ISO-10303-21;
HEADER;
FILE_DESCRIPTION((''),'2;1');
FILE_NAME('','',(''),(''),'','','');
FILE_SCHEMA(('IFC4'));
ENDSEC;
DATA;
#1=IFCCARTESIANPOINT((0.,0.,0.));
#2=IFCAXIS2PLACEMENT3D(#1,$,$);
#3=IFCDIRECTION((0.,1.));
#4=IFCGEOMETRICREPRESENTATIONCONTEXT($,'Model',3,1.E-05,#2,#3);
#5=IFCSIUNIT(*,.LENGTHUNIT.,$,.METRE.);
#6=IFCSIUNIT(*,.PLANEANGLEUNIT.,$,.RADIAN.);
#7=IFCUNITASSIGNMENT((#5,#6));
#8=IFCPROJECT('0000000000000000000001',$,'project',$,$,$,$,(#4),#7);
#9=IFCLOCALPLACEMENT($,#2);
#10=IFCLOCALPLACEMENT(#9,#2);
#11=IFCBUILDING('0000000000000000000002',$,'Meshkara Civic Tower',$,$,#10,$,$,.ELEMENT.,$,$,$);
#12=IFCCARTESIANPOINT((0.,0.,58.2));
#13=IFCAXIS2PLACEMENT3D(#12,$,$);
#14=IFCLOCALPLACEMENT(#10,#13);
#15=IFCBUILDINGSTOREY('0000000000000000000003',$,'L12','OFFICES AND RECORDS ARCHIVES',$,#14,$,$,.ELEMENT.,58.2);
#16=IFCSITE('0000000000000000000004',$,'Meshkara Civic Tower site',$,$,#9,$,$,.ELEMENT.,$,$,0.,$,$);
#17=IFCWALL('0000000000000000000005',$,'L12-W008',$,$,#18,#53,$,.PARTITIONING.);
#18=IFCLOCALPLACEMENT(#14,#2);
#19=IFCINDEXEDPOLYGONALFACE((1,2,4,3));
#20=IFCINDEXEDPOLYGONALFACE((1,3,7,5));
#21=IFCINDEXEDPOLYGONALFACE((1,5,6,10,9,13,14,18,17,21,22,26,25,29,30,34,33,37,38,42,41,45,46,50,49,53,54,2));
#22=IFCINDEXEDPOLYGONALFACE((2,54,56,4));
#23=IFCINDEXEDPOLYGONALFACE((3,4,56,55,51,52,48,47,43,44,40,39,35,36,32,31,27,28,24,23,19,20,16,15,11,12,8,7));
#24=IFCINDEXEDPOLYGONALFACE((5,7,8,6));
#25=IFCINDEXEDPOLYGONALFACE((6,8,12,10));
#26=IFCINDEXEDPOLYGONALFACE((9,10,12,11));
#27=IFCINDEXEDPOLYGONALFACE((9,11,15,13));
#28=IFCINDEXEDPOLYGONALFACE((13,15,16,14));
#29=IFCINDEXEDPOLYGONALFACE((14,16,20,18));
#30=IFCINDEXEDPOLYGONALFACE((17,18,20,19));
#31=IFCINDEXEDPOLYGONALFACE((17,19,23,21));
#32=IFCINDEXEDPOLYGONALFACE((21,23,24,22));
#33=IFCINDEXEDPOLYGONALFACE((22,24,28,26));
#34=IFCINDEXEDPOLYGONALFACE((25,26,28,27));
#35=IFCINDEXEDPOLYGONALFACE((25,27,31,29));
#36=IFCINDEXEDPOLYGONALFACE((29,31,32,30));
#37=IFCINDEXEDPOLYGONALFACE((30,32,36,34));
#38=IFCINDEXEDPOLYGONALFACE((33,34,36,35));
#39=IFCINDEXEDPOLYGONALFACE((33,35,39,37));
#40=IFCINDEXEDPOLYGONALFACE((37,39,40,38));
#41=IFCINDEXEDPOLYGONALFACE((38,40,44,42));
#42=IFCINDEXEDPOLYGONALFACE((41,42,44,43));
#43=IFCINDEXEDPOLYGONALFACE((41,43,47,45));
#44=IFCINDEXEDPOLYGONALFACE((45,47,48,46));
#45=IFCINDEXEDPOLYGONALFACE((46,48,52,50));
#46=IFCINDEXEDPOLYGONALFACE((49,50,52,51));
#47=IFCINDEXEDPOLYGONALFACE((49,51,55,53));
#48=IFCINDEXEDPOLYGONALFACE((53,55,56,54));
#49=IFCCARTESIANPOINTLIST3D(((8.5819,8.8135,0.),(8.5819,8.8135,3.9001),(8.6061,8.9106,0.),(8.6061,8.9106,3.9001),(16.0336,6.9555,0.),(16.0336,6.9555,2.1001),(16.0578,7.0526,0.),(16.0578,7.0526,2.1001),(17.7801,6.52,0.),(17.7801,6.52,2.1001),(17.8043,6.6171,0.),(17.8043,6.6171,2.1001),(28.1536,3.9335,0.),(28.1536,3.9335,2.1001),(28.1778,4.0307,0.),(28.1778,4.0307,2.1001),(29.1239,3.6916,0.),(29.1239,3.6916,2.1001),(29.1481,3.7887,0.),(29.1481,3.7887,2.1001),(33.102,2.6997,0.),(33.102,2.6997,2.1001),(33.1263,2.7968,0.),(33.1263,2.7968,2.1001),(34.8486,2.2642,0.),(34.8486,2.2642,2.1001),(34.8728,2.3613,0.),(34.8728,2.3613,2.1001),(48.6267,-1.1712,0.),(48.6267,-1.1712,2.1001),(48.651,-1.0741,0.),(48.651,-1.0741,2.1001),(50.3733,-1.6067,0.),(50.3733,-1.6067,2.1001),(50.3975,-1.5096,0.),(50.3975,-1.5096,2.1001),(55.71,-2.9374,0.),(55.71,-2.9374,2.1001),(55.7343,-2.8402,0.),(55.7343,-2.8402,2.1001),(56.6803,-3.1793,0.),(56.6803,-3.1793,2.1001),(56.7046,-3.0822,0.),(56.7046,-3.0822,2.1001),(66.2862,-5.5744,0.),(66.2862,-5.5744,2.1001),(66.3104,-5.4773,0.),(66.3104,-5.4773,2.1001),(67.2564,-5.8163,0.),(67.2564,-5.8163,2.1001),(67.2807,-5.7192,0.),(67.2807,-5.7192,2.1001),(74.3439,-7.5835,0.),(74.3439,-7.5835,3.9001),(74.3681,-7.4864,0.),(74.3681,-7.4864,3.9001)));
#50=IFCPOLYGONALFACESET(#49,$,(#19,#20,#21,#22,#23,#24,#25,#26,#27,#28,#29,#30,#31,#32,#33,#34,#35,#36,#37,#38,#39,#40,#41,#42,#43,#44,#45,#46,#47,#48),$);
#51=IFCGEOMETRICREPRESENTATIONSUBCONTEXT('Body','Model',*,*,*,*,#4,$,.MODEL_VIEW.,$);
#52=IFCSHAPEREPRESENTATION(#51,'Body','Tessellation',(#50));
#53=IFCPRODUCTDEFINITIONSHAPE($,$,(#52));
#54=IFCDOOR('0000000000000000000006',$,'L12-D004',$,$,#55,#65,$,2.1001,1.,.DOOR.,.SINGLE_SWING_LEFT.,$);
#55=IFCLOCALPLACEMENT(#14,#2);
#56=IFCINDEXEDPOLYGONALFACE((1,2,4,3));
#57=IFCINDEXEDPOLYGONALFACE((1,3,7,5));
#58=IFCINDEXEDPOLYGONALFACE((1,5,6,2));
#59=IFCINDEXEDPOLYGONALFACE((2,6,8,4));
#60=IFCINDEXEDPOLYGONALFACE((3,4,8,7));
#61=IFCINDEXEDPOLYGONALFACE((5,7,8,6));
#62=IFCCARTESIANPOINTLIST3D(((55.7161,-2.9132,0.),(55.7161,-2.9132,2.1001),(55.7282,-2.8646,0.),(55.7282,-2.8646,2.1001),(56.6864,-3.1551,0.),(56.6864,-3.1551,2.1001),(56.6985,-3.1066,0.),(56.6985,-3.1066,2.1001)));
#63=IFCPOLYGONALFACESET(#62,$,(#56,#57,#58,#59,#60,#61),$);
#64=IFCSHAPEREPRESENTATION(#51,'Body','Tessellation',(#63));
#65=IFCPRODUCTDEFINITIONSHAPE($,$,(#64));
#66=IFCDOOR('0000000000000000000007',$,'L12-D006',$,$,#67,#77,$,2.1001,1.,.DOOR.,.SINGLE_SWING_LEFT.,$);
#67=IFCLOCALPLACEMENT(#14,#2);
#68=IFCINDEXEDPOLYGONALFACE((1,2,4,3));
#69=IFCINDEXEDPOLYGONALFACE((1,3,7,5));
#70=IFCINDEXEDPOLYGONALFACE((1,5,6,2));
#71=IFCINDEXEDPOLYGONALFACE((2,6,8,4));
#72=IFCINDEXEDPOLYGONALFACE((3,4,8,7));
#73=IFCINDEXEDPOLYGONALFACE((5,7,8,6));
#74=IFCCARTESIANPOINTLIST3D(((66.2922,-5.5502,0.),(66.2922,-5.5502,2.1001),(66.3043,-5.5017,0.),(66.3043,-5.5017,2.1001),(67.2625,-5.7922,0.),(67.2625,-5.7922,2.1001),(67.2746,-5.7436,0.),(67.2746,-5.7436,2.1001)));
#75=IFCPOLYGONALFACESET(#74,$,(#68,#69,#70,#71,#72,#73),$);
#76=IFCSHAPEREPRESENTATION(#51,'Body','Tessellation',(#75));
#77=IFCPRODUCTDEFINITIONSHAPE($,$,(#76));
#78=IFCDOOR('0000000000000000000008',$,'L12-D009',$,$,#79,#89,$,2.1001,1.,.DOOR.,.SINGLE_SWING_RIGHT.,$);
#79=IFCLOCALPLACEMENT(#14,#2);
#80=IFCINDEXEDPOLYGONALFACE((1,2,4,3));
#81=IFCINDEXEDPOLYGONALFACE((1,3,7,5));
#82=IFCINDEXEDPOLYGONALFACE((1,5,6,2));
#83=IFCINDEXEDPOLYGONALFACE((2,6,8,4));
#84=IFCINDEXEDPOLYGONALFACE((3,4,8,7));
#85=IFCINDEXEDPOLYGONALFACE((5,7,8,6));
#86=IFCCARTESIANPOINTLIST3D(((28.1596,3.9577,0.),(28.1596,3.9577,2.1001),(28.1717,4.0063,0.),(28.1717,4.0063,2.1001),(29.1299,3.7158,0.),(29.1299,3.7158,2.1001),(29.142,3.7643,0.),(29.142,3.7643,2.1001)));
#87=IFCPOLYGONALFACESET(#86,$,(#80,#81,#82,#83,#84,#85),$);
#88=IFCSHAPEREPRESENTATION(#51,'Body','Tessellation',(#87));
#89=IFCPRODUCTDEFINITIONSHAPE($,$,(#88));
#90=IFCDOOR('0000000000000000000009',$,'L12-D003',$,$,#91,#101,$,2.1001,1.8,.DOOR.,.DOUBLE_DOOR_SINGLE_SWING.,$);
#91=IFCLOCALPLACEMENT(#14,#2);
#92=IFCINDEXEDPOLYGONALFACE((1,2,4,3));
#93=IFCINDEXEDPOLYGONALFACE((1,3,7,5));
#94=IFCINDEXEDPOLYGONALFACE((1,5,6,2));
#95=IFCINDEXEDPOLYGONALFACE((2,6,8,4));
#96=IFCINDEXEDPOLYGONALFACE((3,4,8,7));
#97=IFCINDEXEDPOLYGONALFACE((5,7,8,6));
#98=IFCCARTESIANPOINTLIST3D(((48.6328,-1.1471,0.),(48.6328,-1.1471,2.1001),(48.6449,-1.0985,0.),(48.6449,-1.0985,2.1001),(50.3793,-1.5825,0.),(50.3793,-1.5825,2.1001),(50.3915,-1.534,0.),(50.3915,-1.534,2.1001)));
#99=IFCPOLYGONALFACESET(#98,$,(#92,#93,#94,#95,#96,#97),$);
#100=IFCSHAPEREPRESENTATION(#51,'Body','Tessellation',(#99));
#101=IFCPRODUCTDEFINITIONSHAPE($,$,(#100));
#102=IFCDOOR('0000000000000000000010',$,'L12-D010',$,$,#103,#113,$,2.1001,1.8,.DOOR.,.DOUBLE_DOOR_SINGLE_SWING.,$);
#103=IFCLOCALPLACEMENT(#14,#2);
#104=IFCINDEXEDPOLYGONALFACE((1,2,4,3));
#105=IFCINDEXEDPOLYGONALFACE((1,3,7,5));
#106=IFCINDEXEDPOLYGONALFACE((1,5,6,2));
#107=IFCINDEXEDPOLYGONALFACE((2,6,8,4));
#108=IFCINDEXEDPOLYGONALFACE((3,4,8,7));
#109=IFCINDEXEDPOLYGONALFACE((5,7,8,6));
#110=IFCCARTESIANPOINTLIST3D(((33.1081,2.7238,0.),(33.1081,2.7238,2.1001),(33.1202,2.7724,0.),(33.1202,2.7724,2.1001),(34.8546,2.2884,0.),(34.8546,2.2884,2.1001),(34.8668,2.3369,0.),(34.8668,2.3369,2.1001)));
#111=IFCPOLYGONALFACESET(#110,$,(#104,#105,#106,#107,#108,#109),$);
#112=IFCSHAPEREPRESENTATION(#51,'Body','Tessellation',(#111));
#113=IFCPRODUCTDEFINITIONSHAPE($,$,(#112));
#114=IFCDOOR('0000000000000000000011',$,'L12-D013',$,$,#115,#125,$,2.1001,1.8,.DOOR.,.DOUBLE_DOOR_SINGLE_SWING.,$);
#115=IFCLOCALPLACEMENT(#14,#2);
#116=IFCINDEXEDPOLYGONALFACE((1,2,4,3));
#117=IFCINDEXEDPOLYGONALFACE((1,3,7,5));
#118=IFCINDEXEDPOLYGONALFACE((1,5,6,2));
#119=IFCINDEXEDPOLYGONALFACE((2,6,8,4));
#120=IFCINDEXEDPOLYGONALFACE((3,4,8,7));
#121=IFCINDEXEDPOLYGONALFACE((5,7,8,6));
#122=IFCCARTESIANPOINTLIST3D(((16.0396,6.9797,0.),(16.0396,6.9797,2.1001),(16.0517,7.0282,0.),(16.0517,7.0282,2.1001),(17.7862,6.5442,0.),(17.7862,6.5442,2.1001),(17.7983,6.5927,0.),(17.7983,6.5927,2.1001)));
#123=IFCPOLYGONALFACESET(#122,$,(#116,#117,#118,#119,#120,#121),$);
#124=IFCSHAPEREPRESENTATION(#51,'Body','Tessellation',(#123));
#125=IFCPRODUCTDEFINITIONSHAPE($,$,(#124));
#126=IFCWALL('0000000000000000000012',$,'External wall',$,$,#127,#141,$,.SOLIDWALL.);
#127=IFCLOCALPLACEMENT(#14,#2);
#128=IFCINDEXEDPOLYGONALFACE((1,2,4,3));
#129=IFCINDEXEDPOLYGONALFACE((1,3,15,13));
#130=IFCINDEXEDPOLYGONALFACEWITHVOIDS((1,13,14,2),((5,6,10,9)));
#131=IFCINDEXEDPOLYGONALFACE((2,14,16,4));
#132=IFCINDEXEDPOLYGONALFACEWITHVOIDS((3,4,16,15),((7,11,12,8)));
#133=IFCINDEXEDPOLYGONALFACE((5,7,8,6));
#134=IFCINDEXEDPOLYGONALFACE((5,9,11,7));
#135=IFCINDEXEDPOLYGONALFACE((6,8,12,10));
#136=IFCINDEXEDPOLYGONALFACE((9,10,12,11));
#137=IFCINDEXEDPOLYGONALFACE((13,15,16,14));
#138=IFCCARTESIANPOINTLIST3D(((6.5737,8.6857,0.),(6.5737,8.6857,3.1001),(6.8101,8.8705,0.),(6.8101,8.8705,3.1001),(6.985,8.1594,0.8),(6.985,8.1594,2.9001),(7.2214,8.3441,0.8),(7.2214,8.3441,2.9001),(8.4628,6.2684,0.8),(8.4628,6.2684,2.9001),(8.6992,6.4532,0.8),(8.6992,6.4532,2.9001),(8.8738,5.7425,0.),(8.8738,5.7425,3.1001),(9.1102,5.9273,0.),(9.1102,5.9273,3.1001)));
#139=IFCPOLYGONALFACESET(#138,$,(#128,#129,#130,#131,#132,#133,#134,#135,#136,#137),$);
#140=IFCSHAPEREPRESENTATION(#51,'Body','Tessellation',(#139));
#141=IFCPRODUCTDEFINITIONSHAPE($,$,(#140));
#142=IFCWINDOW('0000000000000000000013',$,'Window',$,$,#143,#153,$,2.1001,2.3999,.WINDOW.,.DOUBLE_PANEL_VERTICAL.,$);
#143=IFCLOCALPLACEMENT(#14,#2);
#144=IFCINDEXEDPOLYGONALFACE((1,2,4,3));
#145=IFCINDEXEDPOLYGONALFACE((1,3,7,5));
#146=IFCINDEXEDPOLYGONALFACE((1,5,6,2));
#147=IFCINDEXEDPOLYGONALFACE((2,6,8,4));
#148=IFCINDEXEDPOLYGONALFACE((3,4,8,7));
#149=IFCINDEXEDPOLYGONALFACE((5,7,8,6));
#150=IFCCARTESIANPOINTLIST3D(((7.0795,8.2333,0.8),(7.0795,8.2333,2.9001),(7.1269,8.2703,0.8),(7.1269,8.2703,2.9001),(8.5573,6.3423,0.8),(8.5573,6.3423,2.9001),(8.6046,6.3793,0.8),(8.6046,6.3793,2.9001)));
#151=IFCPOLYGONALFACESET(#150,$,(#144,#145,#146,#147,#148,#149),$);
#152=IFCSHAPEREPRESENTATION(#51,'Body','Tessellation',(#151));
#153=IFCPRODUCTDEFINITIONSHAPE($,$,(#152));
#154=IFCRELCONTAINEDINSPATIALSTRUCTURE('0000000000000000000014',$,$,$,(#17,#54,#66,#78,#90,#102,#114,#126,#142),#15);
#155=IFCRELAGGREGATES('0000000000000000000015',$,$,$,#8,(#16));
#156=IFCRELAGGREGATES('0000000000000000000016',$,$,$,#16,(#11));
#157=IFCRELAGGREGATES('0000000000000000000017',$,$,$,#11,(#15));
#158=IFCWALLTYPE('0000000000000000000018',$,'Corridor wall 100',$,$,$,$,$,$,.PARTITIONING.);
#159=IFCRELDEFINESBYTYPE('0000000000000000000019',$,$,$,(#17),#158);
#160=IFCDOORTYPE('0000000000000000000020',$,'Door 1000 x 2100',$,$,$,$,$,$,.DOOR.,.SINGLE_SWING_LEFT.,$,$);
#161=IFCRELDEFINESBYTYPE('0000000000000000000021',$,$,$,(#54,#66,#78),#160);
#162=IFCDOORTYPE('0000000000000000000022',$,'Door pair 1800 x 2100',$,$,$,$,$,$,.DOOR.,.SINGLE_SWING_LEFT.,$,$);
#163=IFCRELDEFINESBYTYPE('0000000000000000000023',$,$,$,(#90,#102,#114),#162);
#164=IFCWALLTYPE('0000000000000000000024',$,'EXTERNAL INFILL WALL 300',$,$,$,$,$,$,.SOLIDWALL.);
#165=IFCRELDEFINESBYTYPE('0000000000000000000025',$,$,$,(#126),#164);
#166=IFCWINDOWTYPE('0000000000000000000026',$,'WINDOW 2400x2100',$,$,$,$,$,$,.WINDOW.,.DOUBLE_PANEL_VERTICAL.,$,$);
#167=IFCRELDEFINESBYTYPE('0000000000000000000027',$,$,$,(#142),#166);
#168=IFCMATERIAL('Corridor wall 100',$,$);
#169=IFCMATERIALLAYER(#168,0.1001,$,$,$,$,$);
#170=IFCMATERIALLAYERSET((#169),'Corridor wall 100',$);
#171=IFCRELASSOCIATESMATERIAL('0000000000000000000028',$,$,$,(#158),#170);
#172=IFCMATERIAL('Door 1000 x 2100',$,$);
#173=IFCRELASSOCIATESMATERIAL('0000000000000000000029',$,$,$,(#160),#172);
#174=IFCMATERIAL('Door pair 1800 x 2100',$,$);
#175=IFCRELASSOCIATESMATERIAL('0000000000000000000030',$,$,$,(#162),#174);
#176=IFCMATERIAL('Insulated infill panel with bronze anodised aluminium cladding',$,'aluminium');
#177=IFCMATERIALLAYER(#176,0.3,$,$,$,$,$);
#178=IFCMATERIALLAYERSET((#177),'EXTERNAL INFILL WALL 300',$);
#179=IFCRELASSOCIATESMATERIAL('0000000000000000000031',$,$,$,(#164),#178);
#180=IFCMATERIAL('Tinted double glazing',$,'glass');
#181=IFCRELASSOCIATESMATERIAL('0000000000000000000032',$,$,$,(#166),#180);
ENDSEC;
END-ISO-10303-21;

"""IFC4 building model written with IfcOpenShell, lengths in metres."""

from ifc_helpers import new_model, si_unit, direction, frame, frame_2d, origin, place, context, subcontext, project, spatial, rectangle, extrude, material, layer, layer_set, type_object, element, fill, save


model = new_model("IFC4")

# Units and contexts
model_context = context("Model", 3, precision=1e-05, world=origin(), true_north=direction((0.0, 1.0)))
body_context = subcontext(model_context, "Body", "Model", "MODEL_VIEW")
ifc_project = project(units=[si_unit("LENGTHUNIT", "METRE"), si_unit("PLANEANGLEUNIT", "RADIAN")], contexts=[model_context])

# Site, building, storey
site_placement = place(None, origin())
site = spatial("IfcSite", under=ifc_project, at=site_placement, Name="Meshkara Civic Tower site", CompositionType="ELEMENT", RefElevation=0.0)
building_placement = place(site_placement, origin())
building = spatial("IfcBuilding", under=site, at=building_placement, Name="Meshkara Civic Tower", CompositionType="ELEMENT")
storey_placement = place(building_placement, frame((0.0, 0.0, 58.2)))
storey = spatial("IfcBuildingStorey", under=building, at=storey_placement, Name="L12", Description="OFFICES AND RECORDS ARCHIVES", CompositionType="ELEMENT", Elevation=58.2)

# Shared definitions
ifc_material_1 = material(Name="Corridor wall 100")
ifc_layer_1 = layer(ifc_material_1, 0.1001)
ifc_layer_set_1 = layer_set([ifc_layer_1], Name="Corridor wall 100")
wall_type_1 = type_object("IfcWallType", Name="Corridor wall 100", PredefinedType="PARTITIONING", material=ifc_layer_set_1)

# Shared definitions
ifc_material_2 = material(Name="Door 1000 x 2100")
door_type_1 = type_object("IfcDoorType", Name="Door 1000 x 2100", OperationType="SINGLE_SWING_LEFT", PredefinedType="DOOR", material=ifc_material_2)

# Wall, openings, doors
wall_1_placement = place(storey_placement, frame((8.594, 8.8621, 0.0), z_axis=(0.0, 0.0, 1.0), x_axis=(0.970293, -0.241931, 0.0)))
wall_1 = element("IfcWall", 1, at=wall_1_placement, inside=storey, type_object=wall_type_1, Name="L12-W008", PredefinedType="PARTITIONING", context=body_context, shape_type="SweptSolid", body=[
    extrude(rectangle(XDim=67.7754, YDim=0.1001, at=frame_2d((33.8877, 0.0))), origin(), (0.0, 0.0, 1.0), 3.9001),
])
opening_1_placement = place(wall_1_placement, frame((41.271, 0.0, 0.0)))
opening_1 = element("IfcOpeningElement", 2, at=opening_1_placement, cuts=wall_1, PredefinedType="OPENING", context=body_context, shape_type="SweptSolid", body=[
    extrude(rectangle(XDim=1.8, YDim=2.1001, at=frame_2d((0.8999, 1.05))), frame((0.0, 0.0601, 0.0), z_axis=(0.0, -1.0, 0.0), x_axis=(1.0, 0.0, 0.0)), (0.0, 0.0, 1.0), 0.1201),
])
opening_2_placement = place(wall_1_placement, frame((48.571, 0.0, 0.0)))
opening_2 = element("IfcOpeningElement", 3, at=opening_2_placement, cuts=wall_1, PredefinedType="OPENING", context=body_context, shape_type="SweptSolid", body=[
    extrude(rectangle(XDim=1.0, YDim=2.1001, at=frame_2d((0.5, 1.05))), frame((0.0, 0.0601, 0.0), z_axis=(0.0, -1.0, 0.0), x_axis=(1.0, 0.0, 0.0)), (0.0, 0.0, 1.0), 0.1201),
])
opening_3_placement = place(wall_1_placement, frame((59.4709, 0.0, 0.0)))
opening_3 = element("IfcOpeningElement", 4, at=opening_3_placement, cuts=wall_1, PredefinedType="OPENING", context=body_context, shape_type="SweptSolid", body=[
    extrude(rectangle(XDim=1.0, YDim=2.1001, at=frame_2d((0.5, 1.05))), frame((0.0, 0.0601, 0.0), z_axis=(0.0, -1.0, 0.0), x_axis=(1.0, 0.0, 0.0)), (0.0, 0.0, 1.0), 0.1201),
])
opening_4_placement = place(wall_1_placement, frame((20.1709, 0.0, 0.0)))
opening_4 = element("IfcOpeningElement", 5, at=opening_4_placement, cuts=wall_1, PredefinedType="OPENING", context=body_context, shape_type="SweptSolid", body=[
    extrude(rectangle(XDim=1.0, YDim=2.1001, at=frame_2d((0.5, 1.05))), frame((0.0, 0.0601, 0.0), z_axis=(0.0, -1.0, 0.0), x_axis=(1.0, 0.0, 0.0)), (0.0, 0.0, 1.0), 0.1201),
])
opening_5_placement = place(wall_1_placement, frame((25.271, 0.0, 0.0)))
opening_5 = element("IfcOpeningElement", 6, at=opening_5_placement, cuts=wall_1, PredefinedType="OPENING", context=body_context, shape_type="SweptSolid", body=[
    extrude(rectangle(XDim=1.8, YDim=2.1001, at=frame_2d((0.8999, 1.05))), frame((0.0, 0.0601, 0.0), z_axis=(0.0, -1.0, 0.0), x_axis=(1.0, 0.0, 0.0)), (0.0, 0.0, 1.0), 0.1201),
])
opening_6_placement = place(wall_1_placement, frame((7.6799, 0.0, 0.0)))
opening_6 = element("IfcOpeningElement", 7, at=opening_6_placement, cuts=wall_1, PredefinedType="OPENING", context=body_context, shape_type="SweptSolid", body=[
    extrude(rectangle(XDim=1.8, YDim=2.1001, at=frame_2d((0.8999, 1.05))), frame((0.0, 0.0601, 0.0), z_axis=(0.0, -1.0, 0.0), x_axis=(1.0, 0.0, 0.0)), (0.0, 0.0, 1.0), 0.1201),
])
door_1_placement = place(opening_2_placement, origin())
door_1 = element("IfcDoor", 8, at=door_1_placement, inside=storey, type_object=door_type_1, Name="L12-D004", OperationType="SINGLE_SWING_LEFT", OverallHeight=2.1001, OverallWidth=1.0, PredefinedType="DOOR", context=body_context, shape_type="SweptSolid", body=[
    extrude(rectangle(XDim=1.0, YDim=2.1001, at=frame_2d((0.5, 1.05))), frame((0.0, 0.0249, 0.0), z_axis=(0.0, -1.0, 0.0), x_axis=(1.0, 0.0, 0.0)), (0.0, 0.0, 1.0), 0.05),
])
fill(opening_2, door_1)
door_2_placement = place(opening_3_placement, origin())
door_2 = element("IfcDoor", 9, at=door_2_placement, inside=storey, type_object=door_type_1, Name="L12-D006", OperationType="SINGLE_SWING_LEFT", OverallHeight=2.1001, OverallWidth=1.0, PredefinedType="DOOR", context=body_context, shape_type="SweptSolid", body=[
    extrude(rectangle(XDim=1.0, YDim=2.1001, at=frame_2d((0.5, 1.05))), frame((0.0, 0.0249, 0.0), z_axis=(0.0, -1.0, 0.0), x_axis=(1.0, 0.0, 0.0)), (0.0, 0.0, 1.0), 0.05),
])
fill(opening_3, door_2)
door_3_placement = place(opening_4_placement, origin())
door_3 = element("IfcDoor", 10, at=door_3_placement, inside=storey, type_object=door_type_1, Name="L12-D009", OperationType="SINGLE_SWING_RIGHT", OverallHeight=2.1001, OverallWidth=1.0, PredefinedType="DOOR", context=body_context, shape_type="SweptSolid", body=[
    extrude(rectangle(XDim=1.0, YDim=2.1001, at=frame_2d((0.5, 1.05))), frame((0.0, 0.0249, 0.0), z_axis=(0.0, -1.0, 0.0), x_axis=(1.0, 0.0, 0.0)), (0.0, 0.0, 1.0), 0.05),
])
fill(opening_4, door_3)
ifc_material_3 = material(Name="Door pair 1800 x 2100")
door_type_2 = type_object("IfcDoorType", Name="Door pair 1800 x 2100", OperationType="SINGLE_SWING_LEFT", PredefinedType="DOOR", material=ifc_material_3)
door_4_placement = place(opening_1_placement, origin())
door_4 = element("IfcDoor", 11, at=door_4_placement, inside=storey, type_object=door_type_2, Name="L12-D003", OperationType="DOUBLE_DOOR_SINGLE_SWING", OverallHeight=2.1001, OverallWidth=1.8, PredefinedType="DOOR", context=body_context, shape_type="SweptSolid", body=[
    extrude(rectangle(XDim=1.8, YDim=2.1001, at=frame_2d((0.8999, 1.05))), frame((0.0, 0.0249, 0.0), z_axis=(0.0, -1.0, 0.0), x_axis=(1.0, 0.0, 0.0)), (0.0, 0.0, 1.0), 0.05),
])
fill(opening_1, door_4)
door_5_placement = place(opening_5_placement, origin())
door_5 = element("IfcDoor", 12, at=door_5_placement, inside=storey, type_object=door_type_2, Name="L12-D010", OperationType="DOUBLE_DOOR_SINGLE_SWING", OverallHeight=2.1001, OverallWidth=1.8, PredefinedType="DOOR", context=body_context, shape_type="SweptSolid", body=[
    extrude(rectangle(XDim=1.8, YDim=2.1001, at=frame_2d((0.8999, 1.05))), frame((0.0, 0.0249, 0.0), z_axis=(0.0, -1.0, 0.0), x_axis=(1.0, 0.0, 0.0)), (0.0, 0.0, 1.0), 0.05),
])
fill(opening_5, door_5)
door_6_placement = place(opening_6_placement, origin())
door_6 = element("IfcDoor", 13, at=door_6_placement, inside=storey, type_object=door_type_2, Name="L12-D013", OperationType="DOUBLE_DOOR_SINGLE_SWING", OverallHeight=2.1001, OverallWidth=1.8, PredefinedType="DOOR", context=body_context, shape_type="SweptSolid", body=[
    extrude(rectangle(XDim=1.8, YDim=2.1001, at=frame_2d((0.8999, 1.05))), frame((0.0, 0.0249, 0.0), z_axis=(0.0, -1.0, 0.0), x_axis=(1.0, 0.0, 0.0)), (0.0, 0.0, 1.0), 0.05),
])
fill(opening_6, door_6)

# Wall, opening, window
ifc_material_4 = material(Name="Insulated infill panel with bronze anodised aluminium cladding", Category="aluminium")
ifc_layer_2 = layer(ifc_material_4, 0.3)
ifc_layer_set_2 = layer_set([ifc_layer_2], Name="EXTERNAL INFILL WALL 300")
wall_type_2 = type_object("IfcWallType", Name="EXTERNAL INFILL WALL 300", PredefinedType="SOLIDWALL", material=ifc_layer_set_2)
wall_2_placement = place(storey_placement, frame((6.6919, 8.7781, 0.0), z_axis=(0.0, 0.0, 1.0), x_axis=(0.615767, -0.787928, 0.0)))
wall_2 = element("IfcWall", 14, at=wall_2_placement, inside=storey, type_object=wall_type_2, Name="External wall", PredefinedType="SOLIDWALL", context=body_context, shape_type="SweptSolid", body=[
    extrude(rectangle(XDim=3.7354, YDim=0.3, at=frame_2d((1.8677, 0.0))), origin(), (0.0, 0.0, 1.0), 3.1001),
])
opening_7_placement = place(wall_2_placement, frame((0.668, 0.0, 0.8)))
opening_7 = element("IfcOpeningElement", 15, at=opening_7_placement, cuts=wall_2, PredefinedType="OPENING", context=body_context, shape_type="SweptSolid", body=[
    extrude(rectangle(XDim=2.3999, YDim=2.1001, at=frame_2d((1.2, 1.05))), frame((0.0, 0.1599, 0.0), z_axis=(0.0, -1.0, 0.0), x_axis=(1.0, 0.0, 0.0)), (0.0, 0.0, 1.0), 0.3201),
])
ifc_material_5 = material(Name="Tinted double glazing", Category="glass")
window_type = type_object("IfcWindowType", Name="WINDOW 2400x2100", PartitioningType="DOUBLE_PANEL_VERTICAL", PredefinedType="WINDOW", material=ifc_material_5)
window_placement = place(opening_7_placement, origin())
window = element("IfcWindow", 16, at=window_placement, inside=storey, type_object=window_type, Name="Window", OverallHeight=2.1001, OverallWidth=2.3999, PartitioningType="DOUBLE_PANEL_VERTICAL", PredefinedType="WINDOW", context=body_context, shape_type="SweptSolid", body=[
    extrude(rectangle(XDim=2.3999, YDim=2.1001, at=frame_2d((1.2, 1.05))), frame((0.0, 0.03, 0.0), z_axis=(0.0, -1.0, 0.0), x_axis=(1.0, 0.0, 0.0)), (0.0, 0.0, 1.0), 0.0601),
])
fill(opening_7, window)

save(model, "model.ifc")
